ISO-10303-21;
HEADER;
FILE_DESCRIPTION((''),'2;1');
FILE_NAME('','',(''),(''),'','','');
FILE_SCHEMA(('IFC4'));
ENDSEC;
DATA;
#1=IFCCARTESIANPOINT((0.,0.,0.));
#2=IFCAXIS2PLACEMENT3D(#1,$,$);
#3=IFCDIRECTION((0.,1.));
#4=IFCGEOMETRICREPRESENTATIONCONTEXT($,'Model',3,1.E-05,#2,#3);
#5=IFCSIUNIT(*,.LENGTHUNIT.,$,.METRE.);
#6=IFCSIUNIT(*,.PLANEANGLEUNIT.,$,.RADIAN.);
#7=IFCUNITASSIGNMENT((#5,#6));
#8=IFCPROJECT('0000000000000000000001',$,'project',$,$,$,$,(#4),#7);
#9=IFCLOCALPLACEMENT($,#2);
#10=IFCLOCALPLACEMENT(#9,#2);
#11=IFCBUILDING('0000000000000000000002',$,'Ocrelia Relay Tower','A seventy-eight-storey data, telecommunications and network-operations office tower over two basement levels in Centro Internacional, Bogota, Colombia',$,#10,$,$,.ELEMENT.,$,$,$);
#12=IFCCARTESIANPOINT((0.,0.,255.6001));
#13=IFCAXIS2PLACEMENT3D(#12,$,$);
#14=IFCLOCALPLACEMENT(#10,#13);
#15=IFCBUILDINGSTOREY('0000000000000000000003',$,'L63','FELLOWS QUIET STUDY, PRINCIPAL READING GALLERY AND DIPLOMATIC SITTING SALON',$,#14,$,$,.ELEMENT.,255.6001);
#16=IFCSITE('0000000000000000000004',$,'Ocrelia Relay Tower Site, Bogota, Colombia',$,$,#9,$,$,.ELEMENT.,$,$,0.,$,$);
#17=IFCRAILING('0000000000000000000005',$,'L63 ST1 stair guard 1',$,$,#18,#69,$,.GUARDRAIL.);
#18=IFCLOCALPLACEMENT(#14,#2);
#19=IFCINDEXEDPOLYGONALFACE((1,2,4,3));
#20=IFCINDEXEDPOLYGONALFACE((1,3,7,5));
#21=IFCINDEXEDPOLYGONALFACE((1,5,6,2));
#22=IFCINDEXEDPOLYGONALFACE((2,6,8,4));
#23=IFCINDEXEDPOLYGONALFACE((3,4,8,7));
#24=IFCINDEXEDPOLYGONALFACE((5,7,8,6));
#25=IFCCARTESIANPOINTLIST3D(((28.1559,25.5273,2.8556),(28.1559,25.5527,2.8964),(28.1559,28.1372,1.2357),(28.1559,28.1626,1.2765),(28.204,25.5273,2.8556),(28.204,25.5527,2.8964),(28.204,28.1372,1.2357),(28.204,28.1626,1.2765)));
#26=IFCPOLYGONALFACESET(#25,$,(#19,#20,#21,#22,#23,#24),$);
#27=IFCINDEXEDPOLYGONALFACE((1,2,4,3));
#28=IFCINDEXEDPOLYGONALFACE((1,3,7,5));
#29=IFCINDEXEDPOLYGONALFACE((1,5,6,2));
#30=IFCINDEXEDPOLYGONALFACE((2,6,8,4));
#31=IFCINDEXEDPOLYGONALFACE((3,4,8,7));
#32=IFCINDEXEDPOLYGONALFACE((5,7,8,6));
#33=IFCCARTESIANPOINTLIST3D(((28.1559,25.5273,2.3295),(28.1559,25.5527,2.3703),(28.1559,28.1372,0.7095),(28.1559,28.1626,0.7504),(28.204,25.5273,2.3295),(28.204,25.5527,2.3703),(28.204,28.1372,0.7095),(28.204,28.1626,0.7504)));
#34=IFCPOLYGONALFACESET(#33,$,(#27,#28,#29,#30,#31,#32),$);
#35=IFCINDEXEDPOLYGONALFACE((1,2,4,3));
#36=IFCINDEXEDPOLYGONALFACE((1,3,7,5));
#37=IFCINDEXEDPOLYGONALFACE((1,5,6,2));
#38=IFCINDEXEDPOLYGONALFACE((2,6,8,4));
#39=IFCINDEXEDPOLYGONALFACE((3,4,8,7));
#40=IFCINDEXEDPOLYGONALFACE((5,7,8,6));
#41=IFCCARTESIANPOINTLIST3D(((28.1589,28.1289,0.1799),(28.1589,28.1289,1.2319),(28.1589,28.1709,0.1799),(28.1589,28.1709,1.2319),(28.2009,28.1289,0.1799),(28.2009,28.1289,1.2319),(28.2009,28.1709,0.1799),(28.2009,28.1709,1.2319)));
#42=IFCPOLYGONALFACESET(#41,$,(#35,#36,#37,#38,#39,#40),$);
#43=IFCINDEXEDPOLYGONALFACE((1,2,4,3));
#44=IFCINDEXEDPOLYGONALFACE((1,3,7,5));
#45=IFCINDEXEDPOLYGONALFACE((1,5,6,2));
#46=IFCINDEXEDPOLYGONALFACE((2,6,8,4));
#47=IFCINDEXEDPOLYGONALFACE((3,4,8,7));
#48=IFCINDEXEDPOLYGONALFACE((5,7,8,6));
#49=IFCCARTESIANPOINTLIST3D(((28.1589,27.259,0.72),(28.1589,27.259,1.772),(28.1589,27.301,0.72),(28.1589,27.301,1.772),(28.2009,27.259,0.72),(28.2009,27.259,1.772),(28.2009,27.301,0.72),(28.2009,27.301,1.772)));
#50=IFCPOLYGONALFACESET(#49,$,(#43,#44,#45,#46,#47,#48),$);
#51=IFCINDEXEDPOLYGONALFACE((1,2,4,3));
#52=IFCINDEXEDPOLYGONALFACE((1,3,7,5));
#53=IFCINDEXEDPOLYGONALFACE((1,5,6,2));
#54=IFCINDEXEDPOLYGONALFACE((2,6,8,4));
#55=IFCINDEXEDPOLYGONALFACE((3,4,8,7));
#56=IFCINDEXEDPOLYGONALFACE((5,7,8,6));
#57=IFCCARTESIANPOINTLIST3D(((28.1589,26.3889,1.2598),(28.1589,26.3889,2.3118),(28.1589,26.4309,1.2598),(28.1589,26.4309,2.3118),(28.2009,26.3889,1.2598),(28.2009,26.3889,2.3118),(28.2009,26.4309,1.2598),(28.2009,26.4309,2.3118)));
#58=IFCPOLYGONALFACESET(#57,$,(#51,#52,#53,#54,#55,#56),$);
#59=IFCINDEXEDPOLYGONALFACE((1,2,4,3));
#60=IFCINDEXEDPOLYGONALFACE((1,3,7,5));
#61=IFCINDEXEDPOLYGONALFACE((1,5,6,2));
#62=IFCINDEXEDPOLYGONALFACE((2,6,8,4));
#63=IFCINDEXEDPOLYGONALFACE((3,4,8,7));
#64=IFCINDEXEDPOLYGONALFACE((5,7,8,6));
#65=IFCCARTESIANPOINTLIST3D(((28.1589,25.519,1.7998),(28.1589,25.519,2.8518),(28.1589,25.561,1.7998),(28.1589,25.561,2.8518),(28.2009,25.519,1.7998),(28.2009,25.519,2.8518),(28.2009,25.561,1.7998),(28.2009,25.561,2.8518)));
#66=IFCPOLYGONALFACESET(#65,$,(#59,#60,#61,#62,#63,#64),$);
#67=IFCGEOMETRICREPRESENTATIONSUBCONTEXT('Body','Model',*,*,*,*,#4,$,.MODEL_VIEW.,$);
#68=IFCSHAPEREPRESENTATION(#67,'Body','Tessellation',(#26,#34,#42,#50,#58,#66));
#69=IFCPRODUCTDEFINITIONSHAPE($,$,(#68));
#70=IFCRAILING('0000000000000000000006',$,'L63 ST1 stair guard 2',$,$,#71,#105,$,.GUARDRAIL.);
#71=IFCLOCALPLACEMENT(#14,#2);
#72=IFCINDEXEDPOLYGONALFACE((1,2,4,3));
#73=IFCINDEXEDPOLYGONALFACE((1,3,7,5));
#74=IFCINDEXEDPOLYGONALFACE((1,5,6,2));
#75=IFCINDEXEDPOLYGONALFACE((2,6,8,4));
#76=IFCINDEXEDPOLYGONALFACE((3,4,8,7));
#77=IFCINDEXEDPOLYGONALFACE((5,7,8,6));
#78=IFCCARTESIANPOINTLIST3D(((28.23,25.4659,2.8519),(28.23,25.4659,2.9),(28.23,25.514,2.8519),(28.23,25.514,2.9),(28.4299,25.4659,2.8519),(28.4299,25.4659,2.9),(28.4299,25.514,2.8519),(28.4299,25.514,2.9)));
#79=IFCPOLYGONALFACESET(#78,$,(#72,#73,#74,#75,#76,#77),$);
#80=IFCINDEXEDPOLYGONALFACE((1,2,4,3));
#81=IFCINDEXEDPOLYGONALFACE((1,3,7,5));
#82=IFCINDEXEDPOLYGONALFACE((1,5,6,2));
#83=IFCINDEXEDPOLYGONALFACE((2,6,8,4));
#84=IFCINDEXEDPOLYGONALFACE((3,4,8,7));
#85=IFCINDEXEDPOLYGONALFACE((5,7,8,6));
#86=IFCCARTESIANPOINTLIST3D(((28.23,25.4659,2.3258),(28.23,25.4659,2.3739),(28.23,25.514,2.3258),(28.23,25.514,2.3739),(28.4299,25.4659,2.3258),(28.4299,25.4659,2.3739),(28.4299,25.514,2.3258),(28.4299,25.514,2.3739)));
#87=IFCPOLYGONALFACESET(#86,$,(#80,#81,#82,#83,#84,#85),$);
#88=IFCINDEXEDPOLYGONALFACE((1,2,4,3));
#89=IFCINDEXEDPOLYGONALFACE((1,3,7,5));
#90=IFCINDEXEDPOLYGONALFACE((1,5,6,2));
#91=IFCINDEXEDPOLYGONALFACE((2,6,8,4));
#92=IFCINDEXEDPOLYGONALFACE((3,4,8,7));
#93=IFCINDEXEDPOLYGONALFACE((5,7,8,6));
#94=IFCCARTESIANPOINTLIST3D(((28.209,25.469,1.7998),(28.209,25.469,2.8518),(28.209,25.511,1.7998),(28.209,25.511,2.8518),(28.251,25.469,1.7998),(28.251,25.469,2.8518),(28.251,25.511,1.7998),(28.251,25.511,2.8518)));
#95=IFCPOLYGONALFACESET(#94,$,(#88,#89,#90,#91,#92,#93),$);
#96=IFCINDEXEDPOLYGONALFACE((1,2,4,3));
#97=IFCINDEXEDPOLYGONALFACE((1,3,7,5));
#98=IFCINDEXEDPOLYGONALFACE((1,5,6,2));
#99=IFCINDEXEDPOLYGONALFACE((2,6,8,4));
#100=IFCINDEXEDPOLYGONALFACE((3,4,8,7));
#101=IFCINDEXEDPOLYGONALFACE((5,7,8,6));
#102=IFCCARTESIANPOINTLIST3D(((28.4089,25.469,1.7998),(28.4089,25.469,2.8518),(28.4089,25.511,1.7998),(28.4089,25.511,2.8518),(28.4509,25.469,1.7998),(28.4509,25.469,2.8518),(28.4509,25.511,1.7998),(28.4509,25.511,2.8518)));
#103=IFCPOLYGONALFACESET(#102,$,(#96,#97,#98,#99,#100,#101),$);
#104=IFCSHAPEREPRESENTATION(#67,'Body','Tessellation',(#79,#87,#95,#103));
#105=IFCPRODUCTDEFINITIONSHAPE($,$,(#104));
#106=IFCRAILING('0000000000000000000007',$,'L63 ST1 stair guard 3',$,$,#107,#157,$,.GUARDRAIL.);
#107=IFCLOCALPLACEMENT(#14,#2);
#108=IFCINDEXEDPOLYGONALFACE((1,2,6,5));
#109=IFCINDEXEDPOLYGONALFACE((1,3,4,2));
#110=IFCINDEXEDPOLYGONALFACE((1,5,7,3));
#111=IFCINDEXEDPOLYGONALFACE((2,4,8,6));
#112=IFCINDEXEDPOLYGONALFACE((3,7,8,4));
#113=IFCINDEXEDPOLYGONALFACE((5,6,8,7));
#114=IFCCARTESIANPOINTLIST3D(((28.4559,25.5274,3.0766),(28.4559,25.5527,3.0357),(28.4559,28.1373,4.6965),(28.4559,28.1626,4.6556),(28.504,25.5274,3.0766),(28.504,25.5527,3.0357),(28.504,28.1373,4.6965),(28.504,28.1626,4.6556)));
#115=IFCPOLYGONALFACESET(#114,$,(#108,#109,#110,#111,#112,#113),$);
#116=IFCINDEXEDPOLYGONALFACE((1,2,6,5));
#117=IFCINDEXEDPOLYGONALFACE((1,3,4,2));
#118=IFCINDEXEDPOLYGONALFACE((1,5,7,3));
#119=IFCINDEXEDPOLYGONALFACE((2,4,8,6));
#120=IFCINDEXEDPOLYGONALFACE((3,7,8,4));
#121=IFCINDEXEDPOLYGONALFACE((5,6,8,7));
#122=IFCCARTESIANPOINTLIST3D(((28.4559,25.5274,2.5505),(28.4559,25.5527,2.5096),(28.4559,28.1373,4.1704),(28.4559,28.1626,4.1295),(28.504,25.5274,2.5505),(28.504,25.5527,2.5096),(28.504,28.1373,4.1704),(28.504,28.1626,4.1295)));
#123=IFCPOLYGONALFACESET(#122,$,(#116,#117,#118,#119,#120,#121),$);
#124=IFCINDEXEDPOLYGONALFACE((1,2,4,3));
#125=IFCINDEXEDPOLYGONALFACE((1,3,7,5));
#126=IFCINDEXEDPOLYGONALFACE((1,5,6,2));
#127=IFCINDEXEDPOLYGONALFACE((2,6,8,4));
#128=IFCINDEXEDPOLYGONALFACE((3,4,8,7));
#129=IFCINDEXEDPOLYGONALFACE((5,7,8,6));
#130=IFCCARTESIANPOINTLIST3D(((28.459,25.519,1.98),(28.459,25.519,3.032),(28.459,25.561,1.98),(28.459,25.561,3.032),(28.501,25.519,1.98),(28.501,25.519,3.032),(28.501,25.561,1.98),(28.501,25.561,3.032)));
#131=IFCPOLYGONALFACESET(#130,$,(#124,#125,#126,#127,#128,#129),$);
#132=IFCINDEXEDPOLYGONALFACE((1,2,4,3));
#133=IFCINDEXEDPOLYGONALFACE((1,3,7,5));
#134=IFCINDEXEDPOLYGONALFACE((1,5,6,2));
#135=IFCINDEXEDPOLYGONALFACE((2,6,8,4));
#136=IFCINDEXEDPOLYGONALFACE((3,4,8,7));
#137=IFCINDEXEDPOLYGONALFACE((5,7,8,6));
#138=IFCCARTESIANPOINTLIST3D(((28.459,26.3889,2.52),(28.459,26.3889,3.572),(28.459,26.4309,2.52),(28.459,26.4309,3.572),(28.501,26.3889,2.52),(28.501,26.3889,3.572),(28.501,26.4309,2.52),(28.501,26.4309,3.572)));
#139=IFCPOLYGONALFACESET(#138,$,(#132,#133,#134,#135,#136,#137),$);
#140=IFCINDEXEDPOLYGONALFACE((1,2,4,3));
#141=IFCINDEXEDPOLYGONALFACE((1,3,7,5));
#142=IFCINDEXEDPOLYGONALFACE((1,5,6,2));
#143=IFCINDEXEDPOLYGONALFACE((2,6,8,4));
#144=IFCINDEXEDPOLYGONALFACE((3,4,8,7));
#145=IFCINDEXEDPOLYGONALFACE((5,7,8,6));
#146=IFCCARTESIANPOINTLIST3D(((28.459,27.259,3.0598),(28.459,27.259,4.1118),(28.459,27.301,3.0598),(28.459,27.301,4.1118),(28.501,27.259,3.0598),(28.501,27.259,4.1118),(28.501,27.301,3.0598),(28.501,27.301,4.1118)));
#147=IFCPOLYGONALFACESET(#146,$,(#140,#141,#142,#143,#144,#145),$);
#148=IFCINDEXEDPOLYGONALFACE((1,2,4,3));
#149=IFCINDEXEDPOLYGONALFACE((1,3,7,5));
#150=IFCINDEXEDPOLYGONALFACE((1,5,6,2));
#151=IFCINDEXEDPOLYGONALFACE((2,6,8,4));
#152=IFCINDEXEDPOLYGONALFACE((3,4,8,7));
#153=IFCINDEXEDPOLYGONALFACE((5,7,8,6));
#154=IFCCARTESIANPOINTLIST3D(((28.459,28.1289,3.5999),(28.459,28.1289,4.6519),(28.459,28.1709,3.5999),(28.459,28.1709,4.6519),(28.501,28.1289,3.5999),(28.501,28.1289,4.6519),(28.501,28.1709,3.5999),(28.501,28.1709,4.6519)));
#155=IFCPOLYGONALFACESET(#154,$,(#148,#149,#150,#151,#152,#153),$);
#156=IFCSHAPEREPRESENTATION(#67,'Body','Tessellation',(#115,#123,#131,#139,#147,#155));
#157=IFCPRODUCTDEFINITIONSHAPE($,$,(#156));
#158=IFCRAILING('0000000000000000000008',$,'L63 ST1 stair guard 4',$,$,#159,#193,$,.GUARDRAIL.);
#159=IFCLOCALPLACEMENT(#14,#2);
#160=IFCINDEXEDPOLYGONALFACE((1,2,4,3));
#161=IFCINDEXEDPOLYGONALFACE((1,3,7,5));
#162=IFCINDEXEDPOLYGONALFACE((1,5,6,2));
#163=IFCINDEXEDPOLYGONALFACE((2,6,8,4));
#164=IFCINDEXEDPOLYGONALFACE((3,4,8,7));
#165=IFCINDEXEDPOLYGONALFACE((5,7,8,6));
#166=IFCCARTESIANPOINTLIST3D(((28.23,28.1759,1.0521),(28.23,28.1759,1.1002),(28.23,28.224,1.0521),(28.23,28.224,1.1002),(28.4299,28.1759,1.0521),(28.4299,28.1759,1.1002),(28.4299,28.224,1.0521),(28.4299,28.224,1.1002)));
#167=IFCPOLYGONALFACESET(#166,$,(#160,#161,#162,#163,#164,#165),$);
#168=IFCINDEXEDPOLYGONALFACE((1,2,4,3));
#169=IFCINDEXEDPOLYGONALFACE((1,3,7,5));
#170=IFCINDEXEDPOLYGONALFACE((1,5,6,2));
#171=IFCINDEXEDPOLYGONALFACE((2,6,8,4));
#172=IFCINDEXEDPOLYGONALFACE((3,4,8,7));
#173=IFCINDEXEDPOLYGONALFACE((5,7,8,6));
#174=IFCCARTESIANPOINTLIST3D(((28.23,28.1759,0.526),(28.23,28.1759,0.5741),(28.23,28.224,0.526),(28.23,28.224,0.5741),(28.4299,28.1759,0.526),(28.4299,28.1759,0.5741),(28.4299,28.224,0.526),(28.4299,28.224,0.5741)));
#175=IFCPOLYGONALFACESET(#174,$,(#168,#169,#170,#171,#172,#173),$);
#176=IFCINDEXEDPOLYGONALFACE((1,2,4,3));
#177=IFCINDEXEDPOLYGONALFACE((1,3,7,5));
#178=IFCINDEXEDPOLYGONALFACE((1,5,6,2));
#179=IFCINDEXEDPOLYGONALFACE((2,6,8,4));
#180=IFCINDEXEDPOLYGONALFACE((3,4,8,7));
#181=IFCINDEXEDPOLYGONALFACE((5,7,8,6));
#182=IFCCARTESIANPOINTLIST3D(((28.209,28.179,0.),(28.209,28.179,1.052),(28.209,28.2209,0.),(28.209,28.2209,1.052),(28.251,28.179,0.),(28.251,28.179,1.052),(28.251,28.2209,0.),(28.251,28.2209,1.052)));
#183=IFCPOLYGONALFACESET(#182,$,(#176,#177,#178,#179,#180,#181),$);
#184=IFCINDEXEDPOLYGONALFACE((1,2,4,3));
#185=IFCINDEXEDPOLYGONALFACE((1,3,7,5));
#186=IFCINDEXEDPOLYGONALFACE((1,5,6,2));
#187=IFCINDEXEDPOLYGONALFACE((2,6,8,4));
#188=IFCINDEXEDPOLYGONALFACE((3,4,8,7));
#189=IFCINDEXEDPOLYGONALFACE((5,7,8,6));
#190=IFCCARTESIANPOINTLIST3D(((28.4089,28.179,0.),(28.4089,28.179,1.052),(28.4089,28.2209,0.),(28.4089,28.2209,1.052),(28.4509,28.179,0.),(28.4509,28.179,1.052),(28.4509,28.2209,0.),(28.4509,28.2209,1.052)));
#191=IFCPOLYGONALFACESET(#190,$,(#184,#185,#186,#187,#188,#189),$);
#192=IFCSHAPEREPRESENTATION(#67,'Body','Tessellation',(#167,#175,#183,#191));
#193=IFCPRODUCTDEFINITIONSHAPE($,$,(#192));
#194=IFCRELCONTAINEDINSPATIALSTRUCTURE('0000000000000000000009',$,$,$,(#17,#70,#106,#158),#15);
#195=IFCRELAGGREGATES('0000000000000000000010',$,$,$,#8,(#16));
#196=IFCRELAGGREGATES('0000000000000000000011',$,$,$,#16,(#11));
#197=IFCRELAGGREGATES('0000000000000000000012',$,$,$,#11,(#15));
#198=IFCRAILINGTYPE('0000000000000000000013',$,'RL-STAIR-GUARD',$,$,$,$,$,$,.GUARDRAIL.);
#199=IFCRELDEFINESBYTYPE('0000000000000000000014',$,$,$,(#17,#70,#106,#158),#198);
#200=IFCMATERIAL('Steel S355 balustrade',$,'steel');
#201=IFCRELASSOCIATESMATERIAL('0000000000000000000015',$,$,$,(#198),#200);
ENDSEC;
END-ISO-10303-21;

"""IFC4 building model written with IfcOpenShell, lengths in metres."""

from ifc_helpers import new_model, si_unit, direction, frame, origin, origin_2d, place, context, subcontext, project, spatial, rectangle, extrude, material, type_object, element, save


model = new_model("IFC4")

# Units and contexts
model_context = context("Model", 3, precision=1e-05, world=origin(), true_north=direction((0.0, 1.0)))
body_context = subcontext(model_context, "Body", "Model", "MODEL_VIEW")
ifc_project = project(units=[si_unit("LENGTHUNIT", "METRE"), si_unit("PLANEANGLEUNIT", "RADIAN")], contexts=[model_context])

# Site, building, storey
site_placement = place(None, origin())
site = spatial("IfcSite", under=ifc_project, at=site_placement, Name="Ocrelia Relay Tower Site, Bogota, Colombia", CompositionType="ELEMENT", RefElevation=0.0)
building_placement = place(site_placement, origin())
building = spatial("IfcBuilding", under=site, at=building_placement, Name="Ocrelia Relay Tower", Description="A seventy-eight-storey data, telecommunications and network-operations office tower over two basement levels in Centro Internacional, Bogota, Colombia", CompositionType="ELEMENT")
storey_placement = place(building_placement, frame((0.0, 0.0, 255.6001)))
storey = spatial("IfcBuildingStorey", under=building, at=storey_placement, Name="L63", Description="FELLOWS QUIET STUDY, PRINCIPAL READING GALLERY AND DIPLOMATIC SITTING SALON", CompositionType="ELEMENT", Elevation=255.6001)

# Railings
ifc_material_1 = material(Name="Steel S355 balustrade", Category="steel")
railing_type_1 = type_object("IfcRailingType", Name="RL-STAIR-GUARD", PredefinedType="GUARDRAIL", material=ifc_material_1)
railing_1_placement = place(storey_placement, frame((28.1799, 28.1499, 0.1799)))
element("IfcRailing", 1, at=railing_1_placement, inside=storey, type_object=railing_type_1, Name="L63 ST1 stair guard 1", PredefinedType="GUARDRAIL", context=body_context, shape_type="SweptSolid", body=[
    extrude(rectangle(XDim=0.0481, YDim=0.0481, at=origin_2d()), frame((0.0, 0.0, 1.0762), z_axis=(0.0, -0.849646, 0.527353), x_axis=(1.0, 0.0, 0.0)), (0.0, 0.0, 1.0), 3.0718),
    extrude(rectangle(XDim=0.0481, YDim=0.0481, at=origin_2d()), frame((0.0, 0.0, 0.55), z_axis=(0.0, -0.849646, 0.527353), x_axis=(1.0, 0.0, 0.0)), (0.0, 0.0, 1.0), 3.0718),
    extrude(rectangle(XDim=0.042, YDim=0.042, at=origin_2d()), origin(), (0.0, 0.0, 1.0), 1.052),
    extrude(rectangle(XDim=0.042, YDim=0.042, at=origin_2d()), frame((0.0, -0.8699, 0.54)), (0.0, 0.0, 1.0), 1.052),
    extrude(rectangle(XDim=0.042, YDim=0.042, at=origin_2d()), frame((0.0, -1.74, 1.0798)), (0.0, 0.0, 1.0), 1.052),
    extrude(rectangle(XDim=0.042, YDim=0.042, at=origin_2d()), frame((0.0, -2.6099, 1.6199)), (0.0, 0.0, 1.0), 1.052),
])
railing_2_placement = place(storey_placement, frame((28.23, 25.49, 1.7998)))
element("IfcRailing", 2, at=railing_2_placement, inside=storey, type_object=railing_type_1, Name="L63 ST1 stair guard 2", PredefinedType="GUARDRAIL", context=body_context, shape_type="SweptSolid", body=[
    extrude(rectangle(XDim=0.0481, YDim=0.0481, at=origin_2d()), frame((0.0, 0.0, 1.0762), z_axis=(1.0, 0.0, 0.0), x_axis=(0.0, 1.0, 0.0)), (0.0, 0.0, 1.0), 0.2),
    extrude(rectangle(XDim=0.0481, YDim=0.0481, at=origin_2d()), frame((0.0, 0.0, 0.55), z_axis=(1.0, 0.0, 0.0), x_axis=(0.0, 1.0, 0.0)), (0.0, 0.0, 1.0), 0.2),
    extrude(rectangle(XDim=0.042, YDim=0.042, at=origin_2d()), origin(), (0.0, 0.0, 1.0), 1.052),
    extrude(rectangle(XDim=0.042, YDim=0.042, at=origin_2d()), frame((0.2, 0.0, 0.0)), (0.0, 0.0, 1.0), 1.052),
])
railing_3_placement = place(storey_placement, frame((28.48, 25.54, 1.98)))
element("IfcRailing", 3, at=railing_3_placement, inside=storey, type_object=railing_type_1, Name="L63 ST1 stair guard 3", PredefinedType="GUARDRAIL", context=body_context, shape_type="SweptSolid", body=[
    extrude(rectangle(XDim=0.0481, YDim=0.0481, at=origin_2d()), frame((0.0, 0.0, 1.0762), z_axis=(0.0, 0.849646, 0.527353), x_axis=(-1.0, 0.0, 0.0)), (0.0, 0.0, 1.0), 3.0718),
    extrude(rectangle(XDim=0.0481, YDim=0.0481, at=origin_2d()), frame((0.0, 0.0, 0.55), z_axis=(0.0, 0.849646, 0.527353), x_axis=(-1.0, 0.0, 0.0)), (0.0, 0.0, 1.0), 3.0718),
    extrude(rectangle(XDim=0.042, YDim=0.042, at=origin_2d()), origin(), (0.0, 0.0, 1.0), 1.052),
    extrude(rectangle(XDim=0.042, YDim=0.042, at=origin_2d()), frame((0.0, 0.8699, 0.54)), (0.0, 0.0, 1.0), 1.052),
    extrude(rectangle(XDim=0.042, YDim=0.042, at=origin_2d()), frame((0.0, 1.74, 1.0798)), (0.0, 0.0, 1.0), 1.052),
    extrude(rectangle(XDim=0.042, YDim=0.042, at=origin_2d()), frame((0.0, 2.6099, 1.6199)), (0.0, 0.0, 1.0), 1.052),
])
railing_4_placement = place(storey_placement, frame((28.23, 28.2, 0.0)))
element("IfcRailing", 4, at=railing_4_placement, inside=storey, type_object=railing_type_1, Name="L63 ST1 stair guard 4", PredefinedType="GUARDRAIL", context=body_context, shape_type="SweptSolid", body=[
    extrude(rectangle(XDim=0.0481, YDim=0.0481, at=origin_2d()), frame((0.0, 0.0, 1.0762), z_axis=(1.0, 0.0, 0.0), x_axis=(0.0, 1.0, 0.0)), (0.0, 0.0, 1.0), 0.2),
    extrude(rectangle(XDim=0.0481, YDim=0.0481, at=origin_2d()), frame((0.0, 0.0, 0.55), z_axis=(1.0, 0.0, 0.0), x_axis=(0.0, 1.0, 0.0)), (0.0, 0.0, 1.0), 0.2),
    extrude(rectangle(XDim=0.042, YDim=0.042, at=origin_2d()), origin(), (0.0, 0.0, 1.0), 1.052),
    extrude(rectangle(XDim=0.042, YDim=0.042, at=origin_2d()), frame((0.2, 0.0, 0.0)), (0.0, 0.0, 1.0), 1.052),
])

save(model, "model.ifc")
